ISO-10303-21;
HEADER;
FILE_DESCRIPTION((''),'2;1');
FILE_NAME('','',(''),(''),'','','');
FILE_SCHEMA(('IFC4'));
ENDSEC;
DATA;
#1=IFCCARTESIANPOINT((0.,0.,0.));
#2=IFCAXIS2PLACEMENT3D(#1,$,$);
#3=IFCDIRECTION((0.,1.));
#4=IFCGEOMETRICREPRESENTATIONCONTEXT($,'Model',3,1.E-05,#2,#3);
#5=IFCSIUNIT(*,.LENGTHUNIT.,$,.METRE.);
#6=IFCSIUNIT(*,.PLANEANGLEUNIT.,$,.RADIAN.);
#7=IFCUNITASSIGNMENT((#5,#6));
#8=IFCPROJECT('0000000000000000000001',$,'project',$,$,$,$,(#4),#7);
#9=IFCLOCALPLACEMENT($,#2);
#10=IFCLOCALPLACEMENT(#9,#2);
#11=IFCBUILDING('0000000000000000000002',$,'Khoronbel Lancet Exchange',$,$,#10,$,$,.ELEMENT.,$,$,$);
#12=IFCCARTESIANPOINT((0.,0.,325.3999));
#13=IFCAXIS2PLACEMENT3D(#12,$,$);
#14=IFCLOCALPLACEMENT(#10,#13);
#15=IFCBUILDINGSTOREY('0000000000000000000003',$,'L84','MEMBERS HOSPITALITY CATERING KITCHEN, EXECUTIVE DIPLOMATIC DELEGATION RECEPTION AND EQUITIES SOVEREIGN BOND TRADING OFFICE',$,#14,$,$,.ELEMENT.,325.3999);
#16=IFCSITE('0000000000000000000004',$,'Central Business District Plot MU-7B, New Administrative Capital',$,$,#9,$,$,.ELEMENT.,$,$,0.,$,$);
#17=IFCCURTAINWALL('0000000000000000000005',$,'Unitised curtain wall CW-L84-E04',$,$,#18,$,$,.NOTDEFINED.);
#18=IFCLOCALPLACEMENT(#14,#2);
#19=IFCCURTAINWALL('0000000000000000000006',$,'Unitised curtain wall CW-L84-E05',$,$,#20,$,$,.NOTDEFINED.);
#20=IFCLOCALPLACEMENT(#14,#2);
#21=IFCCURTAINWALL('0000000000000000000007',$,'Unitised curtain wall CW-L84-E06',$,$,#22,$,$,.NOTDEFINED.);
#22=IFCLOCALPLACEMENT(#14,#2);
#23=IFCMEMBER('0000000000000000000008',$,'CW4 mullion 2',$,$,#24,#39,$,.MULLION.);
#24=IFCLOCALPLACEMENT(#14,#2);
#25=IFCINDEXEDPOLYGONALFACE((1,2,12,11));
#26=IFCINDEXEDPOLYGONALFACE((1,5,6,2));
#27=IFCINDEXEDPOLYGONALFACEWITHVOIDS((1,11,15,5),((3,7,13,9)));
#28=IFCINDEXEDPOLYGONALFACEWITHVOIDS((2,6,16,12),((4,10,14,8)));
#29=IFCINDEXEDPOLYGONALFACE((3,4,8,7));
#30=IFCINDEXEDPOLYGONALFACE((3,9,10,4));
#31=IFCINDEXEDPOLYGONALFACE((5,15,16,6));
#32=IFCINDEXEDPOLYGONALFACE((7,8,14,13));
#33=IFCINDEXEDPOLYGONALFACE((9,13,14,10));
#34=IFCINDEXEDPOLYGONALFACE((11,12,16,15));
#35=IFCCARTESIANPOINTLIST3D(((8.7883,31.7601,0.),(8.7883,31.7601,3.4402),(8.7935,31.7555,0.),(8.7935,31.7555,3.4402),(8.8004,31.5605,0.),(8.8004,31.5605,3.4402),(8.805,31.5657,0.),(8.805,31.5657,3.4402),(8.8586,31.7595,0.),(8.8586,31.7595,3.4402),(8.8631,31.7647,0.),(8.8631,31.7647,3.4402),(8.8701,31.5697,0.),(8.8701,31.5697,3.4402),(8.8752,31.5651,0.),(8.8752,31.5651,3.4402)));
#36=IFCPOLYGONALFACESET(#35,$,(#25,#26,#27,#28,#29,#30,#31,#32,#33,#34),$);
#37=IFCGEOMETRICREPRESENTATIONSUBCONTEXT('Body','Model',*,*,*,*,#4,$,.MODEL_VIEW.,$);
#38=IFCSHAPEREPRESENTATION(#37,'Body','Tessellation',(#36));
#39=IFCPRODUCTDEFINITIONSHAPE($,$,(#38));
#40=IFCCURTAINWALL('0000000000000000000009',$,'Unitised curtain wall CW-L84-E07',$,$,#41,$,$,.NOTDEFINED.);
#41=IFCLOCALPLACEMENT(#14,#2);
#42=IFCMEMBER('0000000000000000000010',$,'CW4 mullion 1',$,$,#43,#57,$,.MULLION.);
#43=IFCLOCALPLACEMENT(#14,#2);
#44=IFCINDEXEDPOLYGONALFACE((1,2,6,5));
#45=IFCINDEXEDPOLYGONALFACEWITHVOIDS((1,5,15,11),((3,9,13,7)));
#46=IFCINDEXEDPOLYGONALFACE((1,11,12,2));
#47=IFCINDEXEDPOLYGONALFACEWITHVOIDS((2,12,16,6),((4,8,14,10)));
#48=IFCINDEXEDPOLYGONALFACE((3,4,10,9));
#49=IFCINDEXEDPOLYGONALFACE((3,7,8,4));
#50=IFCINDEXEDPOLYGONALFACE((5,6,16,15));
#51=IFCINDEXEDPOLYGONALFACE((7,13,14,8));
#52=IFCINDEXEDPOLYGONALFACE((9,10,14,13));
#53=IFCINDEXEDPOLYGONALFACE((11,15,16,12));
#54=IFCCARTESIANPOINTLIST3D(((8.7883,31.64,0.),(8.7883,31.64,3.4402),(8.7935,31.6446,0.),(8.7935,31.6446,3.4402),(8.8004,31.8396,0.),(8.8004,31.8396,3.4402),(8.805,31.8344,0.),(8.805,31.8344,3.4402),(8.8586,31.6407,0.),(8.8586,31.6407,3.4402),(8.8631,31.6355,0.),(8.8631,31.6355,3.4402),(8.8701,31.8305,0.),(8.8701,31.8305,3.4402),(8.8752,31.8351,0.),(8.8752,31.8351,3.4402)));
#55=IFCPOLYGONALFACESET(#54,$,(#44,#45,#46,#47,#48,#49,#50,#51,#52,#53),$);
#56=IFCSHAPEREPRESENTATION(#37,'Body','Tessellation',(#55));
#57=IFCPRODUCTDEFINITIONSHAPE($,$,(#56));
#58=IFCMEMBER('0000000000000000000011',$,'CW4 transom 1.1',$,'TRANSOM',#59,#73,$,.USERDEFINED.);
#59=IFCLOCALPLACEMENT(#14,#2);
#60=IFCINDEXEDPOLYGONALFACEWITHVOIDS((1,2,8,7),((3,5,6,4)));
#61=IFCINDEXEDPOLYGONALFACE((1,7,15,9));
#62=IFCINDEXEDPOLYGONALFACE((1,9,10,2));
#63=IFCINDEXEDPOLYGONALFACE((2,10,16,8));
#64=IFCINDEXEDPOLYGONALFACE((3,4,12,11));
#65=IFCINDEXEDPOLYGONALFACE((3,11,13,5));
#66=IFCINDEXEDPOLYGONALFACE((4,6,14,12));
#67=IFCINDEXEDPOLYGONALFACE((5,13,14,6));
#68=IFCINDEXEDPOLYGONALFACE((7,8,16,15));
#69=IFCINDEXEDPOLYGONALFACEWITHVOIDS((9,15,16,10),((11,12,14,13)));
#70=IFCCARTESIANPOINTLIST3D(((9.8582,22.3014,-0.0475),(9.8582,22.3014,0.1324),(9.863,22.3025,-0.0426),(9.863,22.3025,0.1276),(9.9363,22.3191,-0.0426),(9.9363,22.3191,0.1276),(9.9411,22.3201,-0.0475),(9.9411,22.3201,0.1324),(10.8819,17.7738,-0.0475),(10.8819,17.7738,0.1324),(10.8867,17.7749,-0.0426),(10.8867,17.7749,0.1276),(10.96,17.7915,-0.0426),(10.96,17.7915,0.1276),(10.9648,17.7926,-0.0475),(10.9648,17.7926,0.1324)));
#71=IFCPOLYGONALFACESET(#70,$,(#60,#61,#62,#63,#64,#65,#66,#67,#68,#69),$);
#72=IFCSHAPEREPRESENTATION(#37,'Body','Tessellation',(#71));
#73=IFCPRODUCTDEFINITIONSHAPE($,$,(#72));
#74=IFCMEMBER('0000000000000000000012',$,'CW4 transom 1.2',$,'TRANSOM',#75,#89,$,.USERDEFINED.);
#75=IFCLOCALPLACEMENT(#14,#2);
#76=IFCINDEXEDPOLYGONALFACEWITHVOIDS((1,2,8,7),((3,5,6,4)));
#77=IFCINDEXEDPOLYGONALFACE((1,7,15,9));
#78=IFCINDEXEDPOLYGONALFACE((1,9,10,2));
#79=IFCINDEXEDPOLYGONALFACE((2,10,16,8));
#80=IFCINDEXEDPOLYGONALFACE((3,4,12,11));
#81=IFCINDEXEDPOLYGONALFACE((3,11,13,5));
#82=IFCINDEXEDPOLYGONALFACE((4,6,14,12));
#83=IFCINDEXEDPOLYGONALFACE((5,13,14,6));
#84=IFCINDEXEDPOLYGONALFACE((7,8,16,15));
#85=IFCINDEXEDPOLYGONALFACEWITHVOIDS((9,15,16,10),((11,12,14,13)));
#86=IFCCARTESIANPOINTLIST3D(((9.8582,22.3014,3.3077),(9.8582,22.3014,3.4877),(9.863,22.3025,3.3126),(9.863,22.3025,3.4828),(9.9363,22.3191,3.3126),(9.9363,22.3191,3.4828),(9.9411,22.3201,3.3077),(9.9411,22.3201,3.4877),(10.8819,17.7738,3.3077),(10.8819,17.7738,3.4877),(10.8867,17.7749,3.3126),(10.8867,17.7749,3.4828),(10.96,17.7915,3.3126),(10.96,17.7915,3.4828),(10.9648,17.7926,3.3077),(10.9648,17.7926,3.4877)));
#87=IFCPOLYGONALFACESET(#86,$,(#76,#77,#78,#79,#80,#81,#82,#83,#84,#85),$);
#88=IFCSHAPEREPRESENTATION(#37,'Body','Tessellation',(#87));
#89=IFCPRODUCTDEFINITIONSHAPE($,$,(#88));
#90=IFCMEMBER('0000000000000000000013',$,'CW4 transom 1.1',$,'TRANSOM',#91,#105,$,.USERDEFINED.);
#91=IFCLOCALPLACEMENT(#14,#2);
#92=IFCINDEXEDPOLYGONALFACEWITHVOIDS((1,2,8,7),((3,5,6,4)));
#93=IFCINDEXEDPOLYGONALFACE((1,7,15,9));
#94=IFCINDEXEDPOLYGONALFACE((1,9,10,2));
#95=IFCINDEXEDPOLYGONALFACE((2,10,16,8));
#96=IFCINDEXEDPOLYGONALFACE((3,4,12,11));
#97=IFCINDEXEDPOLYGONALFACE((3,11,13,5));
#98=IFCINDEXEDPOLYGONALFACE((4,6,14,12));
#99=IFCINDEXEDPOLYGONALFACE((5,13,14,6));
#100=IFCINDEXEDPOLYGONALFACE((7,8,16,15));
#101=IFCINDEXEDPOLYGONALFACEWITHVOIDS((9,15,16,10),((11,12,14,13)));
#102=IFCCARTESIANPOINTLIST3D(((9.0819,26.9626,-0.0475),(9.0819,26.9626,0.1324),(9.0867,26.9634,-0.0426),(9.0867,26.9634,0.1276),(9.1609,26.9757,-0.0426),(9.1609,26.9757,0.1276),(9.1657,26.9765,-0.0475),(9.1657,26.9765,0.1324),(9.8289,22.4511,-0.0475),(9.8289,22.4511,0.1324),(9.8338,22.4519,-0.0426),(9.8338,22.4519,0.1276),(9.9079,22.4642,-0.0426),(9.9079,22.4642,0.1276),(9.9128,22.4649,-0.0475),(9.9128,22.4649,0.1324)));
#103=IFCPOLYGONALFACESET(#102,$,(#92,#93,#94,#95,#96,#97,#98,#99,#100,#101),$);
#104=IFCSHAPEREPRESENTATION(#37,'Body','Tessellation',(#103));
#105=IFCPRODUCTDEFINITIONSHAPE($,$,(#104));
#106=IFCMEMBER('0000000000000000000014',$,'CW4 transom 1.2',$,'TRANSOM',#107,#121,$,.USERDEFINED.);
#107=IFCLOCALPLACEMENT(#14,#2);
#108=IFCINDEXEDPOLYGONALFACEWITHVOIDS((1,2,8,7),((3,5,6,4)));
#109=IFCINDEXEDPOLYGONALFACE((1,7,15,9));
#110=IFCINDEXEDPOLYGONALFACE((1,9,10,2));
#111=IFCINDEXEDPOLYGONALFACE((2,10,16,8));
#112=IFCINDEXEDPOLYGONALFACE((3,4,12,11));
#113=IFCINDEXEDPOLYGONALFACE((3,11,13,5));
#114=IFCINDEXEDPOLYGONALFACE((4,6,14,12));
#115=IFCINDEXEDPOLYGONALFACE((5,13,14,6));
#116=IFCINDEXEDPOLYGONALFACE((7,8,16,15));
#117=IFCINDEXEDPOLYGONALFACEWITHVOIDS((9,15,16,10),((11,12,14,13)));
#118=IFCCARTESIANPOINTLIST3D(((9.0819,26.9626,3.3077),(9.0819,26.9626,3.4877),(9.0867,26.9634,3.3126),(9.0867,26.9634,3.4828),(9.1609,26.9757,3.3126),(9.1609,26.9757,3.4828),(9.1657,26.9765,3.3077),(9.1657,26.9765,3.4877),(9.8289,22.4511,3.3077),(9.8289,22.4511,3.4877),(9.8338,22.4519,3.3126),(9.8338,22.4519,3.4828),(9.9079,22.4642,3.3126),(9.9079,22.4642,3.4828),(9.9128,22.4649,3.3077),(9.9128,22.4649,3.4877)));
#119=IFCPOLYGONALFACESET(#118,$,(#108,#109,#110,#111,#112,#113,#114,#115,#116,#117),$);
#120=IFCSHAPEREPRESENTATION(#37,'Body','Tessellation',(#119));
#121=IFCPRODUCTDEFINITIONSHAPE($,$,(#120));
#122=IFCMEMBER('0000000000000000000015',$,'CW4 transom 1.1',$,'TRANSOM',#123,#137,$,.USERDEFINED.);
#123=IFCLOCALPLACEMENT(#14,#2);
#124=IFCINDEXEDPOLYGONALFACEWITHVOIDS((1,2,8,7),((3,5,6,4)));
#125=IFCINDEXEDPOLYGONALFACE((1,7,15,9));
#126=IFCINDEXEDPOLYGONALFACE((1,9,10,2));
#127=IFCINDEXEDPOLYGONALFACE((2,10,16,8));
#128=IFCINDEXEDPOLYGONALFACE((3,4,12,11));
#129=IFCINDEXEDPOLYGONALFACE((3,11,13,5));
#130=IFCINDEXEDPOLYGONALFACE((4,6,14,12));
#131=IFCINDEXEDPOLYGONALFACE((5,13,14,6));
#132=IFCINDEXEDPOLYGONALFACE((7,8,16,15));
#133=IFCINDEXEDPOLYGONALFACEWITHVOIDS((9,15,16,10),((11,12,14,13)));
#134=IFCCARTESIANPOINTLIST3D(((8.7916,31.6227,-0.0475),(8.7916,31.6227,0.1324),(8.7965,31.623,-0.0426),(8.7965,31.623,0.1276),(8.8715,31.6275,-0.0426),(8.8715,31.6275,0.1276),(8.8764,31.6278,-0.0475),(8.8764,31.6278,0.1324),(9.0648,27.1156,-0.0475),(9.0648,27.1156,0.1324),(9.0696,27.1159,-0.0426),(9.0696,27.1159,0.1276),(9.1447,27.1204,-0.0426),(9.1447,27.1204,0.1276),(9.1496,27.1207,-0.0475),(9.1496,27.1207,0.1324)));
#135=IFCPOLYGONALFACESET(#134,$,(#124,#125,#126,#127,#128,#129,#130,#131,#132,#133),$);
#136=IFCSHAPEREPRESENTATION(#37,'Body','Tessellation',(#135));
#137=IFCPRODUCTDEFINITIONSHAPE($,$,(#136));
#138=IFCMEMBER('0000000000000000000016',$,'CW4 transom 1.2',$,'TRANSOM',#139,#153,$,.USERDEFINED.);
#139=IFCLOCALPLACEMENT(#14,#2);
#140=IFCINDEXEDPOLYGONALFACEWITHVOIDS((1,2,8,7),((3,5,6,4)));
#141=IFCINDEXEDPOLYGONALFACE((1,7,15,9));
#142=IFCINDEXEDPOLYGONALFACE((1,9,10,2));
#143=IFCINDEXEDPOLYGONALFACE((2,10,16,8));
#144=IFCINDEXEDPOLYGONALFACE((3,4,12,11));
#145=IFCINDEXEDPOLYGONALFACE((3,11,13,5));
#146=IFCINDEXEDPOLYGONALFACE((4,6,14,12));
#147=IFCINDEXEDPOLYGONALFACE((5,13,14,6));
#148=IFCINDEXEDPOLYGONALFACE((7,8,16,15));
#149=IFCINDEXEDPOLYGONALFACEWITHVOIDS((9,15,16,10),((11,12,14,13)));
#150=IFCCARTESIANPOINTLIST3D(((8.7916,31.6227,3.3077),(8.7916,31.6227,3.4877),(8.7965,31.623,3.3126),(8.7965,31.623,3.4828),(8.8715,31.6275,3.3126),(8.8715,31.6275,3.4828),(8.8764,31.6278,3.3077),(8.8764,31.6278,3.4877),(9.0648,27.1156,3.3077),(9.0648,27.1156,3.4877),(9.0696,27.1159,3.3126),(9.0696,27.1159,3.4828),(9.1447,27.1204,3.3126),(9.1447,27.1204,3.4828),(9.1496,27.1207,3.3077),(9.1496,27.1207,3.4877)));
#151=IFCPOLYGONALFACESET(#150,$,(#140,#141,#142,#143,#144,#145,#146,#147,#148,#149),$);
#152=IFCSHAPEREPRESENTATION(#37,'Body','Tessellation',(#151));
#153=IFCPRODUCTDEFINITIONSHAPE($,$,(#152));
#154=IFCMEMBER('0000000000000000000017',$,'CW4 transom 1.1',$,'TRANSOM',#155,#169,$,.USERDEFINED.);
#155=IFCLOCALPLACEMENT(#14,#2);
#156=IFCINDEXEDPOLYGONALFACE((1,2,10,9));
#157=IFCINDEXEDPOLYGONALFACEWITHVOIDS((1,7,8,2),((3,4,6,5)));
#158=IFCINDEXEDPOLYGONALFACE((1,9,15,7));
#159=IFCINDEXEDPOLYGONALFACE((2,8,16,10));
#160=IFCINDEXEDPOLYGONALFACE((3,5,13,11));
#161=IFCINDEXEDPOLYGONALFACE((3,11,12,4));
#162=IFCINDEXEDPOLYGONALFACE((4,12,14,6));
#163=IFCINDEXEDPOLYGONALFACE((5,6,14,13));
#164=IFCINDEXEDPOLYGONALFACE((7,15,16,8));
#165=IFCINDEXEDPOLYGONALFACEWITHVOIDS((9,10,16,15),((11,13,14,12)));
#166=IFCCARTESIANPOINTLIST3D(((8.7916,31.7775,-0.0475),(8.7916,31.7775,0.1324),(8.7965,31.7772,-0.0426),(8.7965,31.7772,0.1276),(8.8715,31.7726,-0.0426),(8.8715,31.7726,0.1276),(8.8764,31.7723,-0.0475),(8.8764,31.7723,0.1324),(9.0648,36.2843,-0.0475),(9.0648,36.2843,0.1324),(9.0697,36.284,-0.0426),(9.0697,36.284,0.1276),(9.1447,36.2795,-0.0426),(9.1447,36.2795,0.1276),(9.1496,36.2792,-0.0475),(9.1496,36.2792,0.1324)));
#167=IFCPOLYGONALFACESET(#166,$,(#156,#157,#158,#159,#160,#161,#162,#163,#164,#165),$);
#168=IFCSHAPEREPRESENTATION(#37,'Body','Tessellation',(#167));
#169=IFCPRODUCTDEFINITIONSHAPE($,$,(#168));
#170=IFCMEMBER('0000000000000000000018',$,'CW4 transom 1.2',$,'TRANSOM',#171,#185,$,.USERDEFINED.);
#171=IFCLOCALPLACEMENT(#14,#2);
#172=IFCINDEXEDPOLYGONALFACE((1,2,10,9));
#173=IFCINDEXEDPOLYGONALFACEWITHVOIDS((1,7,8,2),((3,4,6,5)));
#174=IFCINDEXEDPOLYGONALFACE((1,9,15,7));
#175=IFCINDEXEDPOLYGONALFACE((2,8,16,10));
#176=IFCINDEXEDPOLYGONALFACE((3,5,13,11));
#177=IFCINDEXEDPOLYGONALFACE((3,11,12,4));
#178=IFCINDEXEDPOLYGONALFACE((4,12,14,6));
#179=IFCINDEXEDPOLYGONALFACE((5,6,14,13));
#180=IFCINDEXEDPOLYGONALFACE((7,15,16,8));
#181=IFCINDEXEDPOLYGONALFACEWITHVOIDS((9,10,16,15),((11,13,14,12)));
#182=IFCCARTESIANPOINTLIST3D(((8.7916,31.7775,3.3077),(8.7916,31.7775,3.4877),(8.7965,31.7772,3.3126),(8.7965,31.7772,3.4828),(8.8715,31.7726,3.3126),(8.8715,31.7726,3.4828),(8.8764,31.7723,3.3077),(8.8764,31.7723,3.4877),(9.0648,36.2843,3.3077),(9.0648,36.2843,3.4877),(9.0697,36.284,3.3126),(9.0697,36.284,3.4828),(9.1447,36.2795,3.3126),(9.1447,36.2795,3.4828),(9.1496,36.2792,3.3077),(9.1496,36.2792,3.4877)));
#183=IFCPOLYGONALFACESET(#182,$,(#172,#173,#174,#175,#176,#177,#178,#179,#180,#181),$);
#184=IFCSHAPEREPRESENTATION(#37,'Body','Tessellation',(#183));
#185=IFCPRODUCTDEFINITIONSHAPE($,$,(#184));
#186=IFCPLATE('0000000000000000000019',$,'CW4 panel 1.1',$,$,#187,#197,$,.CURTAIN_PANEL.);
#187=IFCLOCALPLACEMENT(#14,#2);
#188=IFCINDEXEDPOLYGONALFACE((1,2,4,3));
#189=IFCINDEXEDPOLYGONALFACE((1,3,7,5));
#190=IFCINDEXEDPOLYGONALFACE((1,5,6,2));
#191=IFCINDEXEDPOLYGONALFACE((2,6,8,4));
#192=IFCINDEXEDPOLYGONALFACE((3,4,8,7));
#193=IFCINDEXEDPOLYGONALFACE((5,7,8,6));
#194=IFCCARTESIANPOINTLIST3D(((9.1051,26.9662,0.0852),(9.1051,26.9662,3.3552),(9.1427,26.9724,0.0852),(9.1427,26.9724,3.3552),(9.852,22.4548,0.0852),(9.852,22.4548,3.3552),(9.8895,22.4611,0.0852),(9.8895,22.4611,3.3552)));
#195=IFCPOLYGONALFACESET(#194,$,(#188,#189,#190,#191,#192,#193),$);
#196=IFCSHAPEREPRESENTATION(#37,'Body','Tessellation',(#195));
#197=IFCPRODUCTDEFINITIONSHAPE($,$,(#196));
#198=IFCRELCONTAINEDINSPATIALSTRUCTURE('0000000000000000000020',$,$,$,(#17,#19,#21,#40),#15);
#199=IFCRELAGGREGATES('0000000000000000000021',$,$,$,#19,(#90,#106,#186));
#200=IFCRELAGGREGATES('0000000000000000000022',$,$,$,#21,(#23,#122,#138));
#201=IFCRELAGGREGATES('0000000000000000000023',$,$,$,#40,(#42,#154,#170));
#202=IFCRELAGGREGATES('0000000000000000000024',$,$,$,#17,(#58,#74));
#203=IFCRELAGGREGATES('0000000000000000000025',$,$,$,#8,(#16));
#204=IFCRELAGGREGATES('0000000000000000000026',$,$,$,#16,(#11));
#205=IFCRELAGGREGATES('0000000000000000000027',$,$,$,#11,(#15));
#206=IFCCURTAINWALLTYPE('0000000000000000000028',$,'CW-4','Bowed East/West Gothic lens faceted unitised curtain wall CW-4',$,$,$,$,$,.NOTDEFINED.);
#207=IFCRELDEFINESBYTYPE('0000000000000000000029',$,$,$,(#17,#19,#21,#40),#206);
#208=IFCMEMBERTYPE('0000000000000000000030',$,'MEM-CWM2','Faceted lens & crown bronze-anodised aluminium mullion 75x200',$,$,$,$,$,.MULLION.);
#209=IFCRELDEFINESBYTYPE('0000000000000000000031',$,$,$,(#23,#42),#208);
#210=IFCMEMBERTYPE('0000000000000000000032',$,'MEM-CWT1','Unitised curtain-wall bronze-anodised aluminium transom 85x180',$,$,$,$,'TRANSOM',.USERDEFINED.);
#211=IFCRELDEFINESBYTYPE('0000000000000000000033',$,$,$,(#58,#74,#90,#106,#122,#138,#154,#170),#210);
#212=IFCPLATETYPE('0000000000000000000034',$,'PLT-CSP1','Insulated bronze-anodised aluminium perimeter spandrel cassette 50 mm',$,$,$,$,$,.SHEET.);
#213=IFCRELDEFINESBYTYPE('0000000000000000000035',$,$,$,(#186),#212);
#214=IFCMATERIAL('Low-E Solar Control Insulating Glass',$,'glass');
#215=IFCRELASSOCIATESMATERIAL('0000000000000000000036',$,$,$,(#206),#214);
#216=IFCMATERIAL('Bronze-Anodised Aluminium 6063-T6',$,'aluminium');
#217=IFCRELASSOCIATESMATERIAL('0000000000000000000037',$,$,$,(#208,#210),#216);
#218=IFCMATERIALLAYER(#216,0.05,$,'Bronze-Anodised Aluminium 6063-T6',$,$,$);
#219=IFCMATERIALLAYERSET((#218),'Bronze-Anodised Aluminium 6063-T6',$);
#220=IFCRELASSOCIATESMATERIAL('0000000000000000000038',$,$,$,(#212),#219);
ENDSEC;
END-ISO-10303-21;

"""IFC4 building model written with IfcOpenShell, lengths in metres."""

from ifc_helpers import new_model, si_unit, direction, frame, origin, origin_2d, place, context, subcontext, project, spatial, rectangle, hollow_rectangle, extrude, material, layer, layer_set, material_profile, profile_set, type_object, element, aggregate, save


model = new_model("IFC4")

# Units and contexts
model_context = context("Model", 3, precision=1e-05, world=origin(), true_north=direction((0.0, 1.0)))
body_context = subcontext(model_context, "Body", "Model", "MODEL_VIEW")
ifc_project = project(units=[si_unit("LENGTHUNIT", "METRE"), si_unit("PLANEANGLEUNIT", "RADIAN")], contexts=[model_context])

# Site, building, storey
site_placement = place(None, origin())
site = spatial("IfcSite", under=ifc_project, at=site_placement, Name="Central Business District Plot MU-7B, New Administrative Capital", CompositionType="ELEMENT", RefElevation=0.0)
building_placement = place(site_placement, origin())
building = spatial("IfcBuilding", under=site, at=building_placement, Name="Khoronbel Lancet Exchange", CompositionType="ELEMENT")
storey_placement = place(building_placement, frame((0.0, 0.0, 325.3999)))
storey = spatial("IfcBuildingStorey", under=building, at=storey_placement, Name="L84", Description="MEMBERS HOSPITALITY CATERING KITCHEN, EXECUTIVE DIPLOMATIC DELEGATION RECEPTION AND EQUITIES SOVEREIGN BOND TRADING OFFICE", CompositionType="ELEMENT", Elevation=325.3999)

# Curtain walls, member
ifc_material_1 = material(Name="Low-E Solar Control Insulating Glass", Category="glass")
curtain_wall_type = type_object("IfcCurtainWallType", Name="CW-4", Description="Bowed East/West Gothic lens faceted unitised curtain wall CW-4", PredefinedType="NOTDEFINED", material=ifc_material_1)
curtain_wall_1_placement = place(storey_placement, origin())
curtain_wall_1 = element("IfcCurtainWall", 1, at=curtain_wall_1_placement, inside=storey, type_object=curtain_wall_type, Name="Unitised curtain wall CW-L84-E04", PredefinedType="NOTDEFINED")
ifc_material_2 = material(Name="Bronze-Anodised Aluminium 6063-T6", Category="aluminium")
ifc_material_profile_1 = material_profile(ifc_material_2, hollow_rectangle(XDim=0.075, YDim=0.2, WallThickness=0.0049, at=origin_2d()), Name="ALU MULLION 75x200")
ifc_profile_set_1 = profile_set([ifc_material_profile_1], Name="Bronze-Anodised Aluminium 6063-T6")
member_type_1 = type_object("IfcMemberType", Name="MEM-CWM2", Description="Faceted lens & crown bronze-anodised aluminium mullion 75x200", PredefinedType="MULLION", material=ifc_profile_set_1)
curtain_wall_2_placement = place(storey_placement, origin())
curtain_wall_2 = element("IfcCurtainWall", 2, at=curtain_wall_2_placement, inside=storey, type_object=curtain_wall_type, Name="Unitised curtain wall CW-L84-E05", PredefinedType="NOTDEFINED")
curtain_wall_3_placement = place(storey_placement, origin())
curtain_wall_3 = element("IfcCurtainWall", 3, at=curtain_wall_3_placement, inside=storey, type_object=curtain_wall_type, Name="Unitised curtain wall CW-L84-E06", PredefinedType="NOTDEFINED")
member_1_placement = place(storey_placement, frame((8.8318, 31.6626, 0.0), z_axis=(0.0, 0.0, 1.0), x_axis=(-0.998169, -0.060491, 0.0)))
member_1 = element("IfcMember", 4, at=member_1_placement, type_object=member_type_1, Name="CW4 mullion 2", PredefinedType="MULLION", context=body_context, shape_type="SweptSolid", body=[
    extrude(hollow_rectangle(XDim=0.075, YDim=0.2, WallThickness=0.0049, at=origin_2d()), origin(), (0.0, 0.0, 1.0), 3.4402),
])

# Curtain wall, member
curtain_wall_4_placement = place(storey_placement, origin())
curtain_wall_4 = element("IfcCurtainWall", 5, at=curtain_wall_4_placement, inside=storey, type_object=curtain_wall_type, Name="Unitised curtain wall CW-L84-E07", PredefinedType="NOTDEFINED")
member_2_placement = place(storey_placement, frame((8.8318, 31.7375, 0.0), z_axis=(0.0, 0.0, 1.0), x_axis=(-0.998169, 0.060491, 0.0)))
member_2 = element("IfcMember", 6, at=member_2_placement, type_object=member_type_1, Name="CW4 mullion 1", PredefinedType="MULLION", context=body_context, shape_type="SweptSolid", body=[
    extrude(hollow_rectangle(XDim=0.075, YDim=0.2, WallThickness=0.0049, at=origin_2d()), origin(), (0.0, 0.0, 1.0), 3.4402),
])

# Members
ifc_material_profile_2 = material_profile(ifc_material_2, hollow_rectangle(XDim=0.085, YDim=0.1799, WallThickness=0.0049, at=origin_2d()), Name="ALU TRANSOM 85x180")
ifc_profile_set_2 = profile_set([ifc_material_profile_2], Name="Bronze-Anodised Aluminium 6063-T6")
member_type_2 = type_object("IfcMemberType", Name="MEM-CWT1", Description="Unitised curtain-wall bronze-anodised aluminium transom 85x180", ElementType="TRANSOM", PredefinedType="USERDEFINED", material=ifc_profile_set_2)
member_3_placement = place(storey_placement, frame((10.9233, 17.7832, 0.0425), z_axis=(-0.220532, 0.97538, 0.0), x_axis=(-0.97538, -0.220532, 0.0)))
member_3 = element("IfcMember", 7, at=member_3_placement, type_object=member_type_2, Name="CW4 transom 1.1", ObjectType="TRANSOM", PredefinedType="USERDEFINED", context=body_context, shape_type="SweptSolid", body=[
    extrude(hollow_rectangle(XDim=0.085, YDim=0.1799, WallThickness=0.0049, at=origin_2d()), origin(), (0.0, 0.0, 1.0), 4.6418),
])
member_4_placement = place(storey_placement, frame((10.9233, 17.7832, 3.3977), z_axis=(-0.220532, 0.97538, 0.0), x_axis=(-0.97538, -0.220532, 0.0)))
member_4 = element("IfcMember", 8, at=member_4_placement, type_object=member_type_2, Name="CW4 transom 1.2", ObjectType="TRANSOM", PredefinedType="USERDEFINED", context=body_context, shape_type="SweptSolid", body=[
    extrude(hollow_rectangle(XDim=0.085, YDim=0.1799, WallThickness=0.0049, at=origin_2d()), origin(), (0.0, 0.0, 1.0), 4.6418),
])
member_5_placement = place(storey_placement, frame((9.8708, 22.458, 0.0425), z_axis=(-0.163369, 0.986565, 0.0), x_axis=(-0.986565, -0.163369, 0.0)))
member_5 = element("IfcMember", 9, at=member_5_placement, type_object=member_type_2, Name="CW4 transom 1.1", ObjectType="TRANSOM", PredefinedType="USERDEFINED", context=body_context, shape_type="SweptSolid", body=[
    extrude(hollow_rectangle(XDim=0.085, YDim=0.1799, WallThickness=0.0049, at=origin_2d()), origin(), (0.0, 0.0, 1.0), 4.573),
])
member_6_placement = place(storey_placement, frame((9.8708, 22.458, 3.3977), z_axis=(-0.163369, 0.986565, 0.0), x_axis=(-0.986565, -0.163369, 0.0)))
member_6 = element("IfcMember", 10, at=member_6_placement, type_object=member_type_2, Name="CW4 transom 1.2", ObjectType="TRANSOM", PredefinedType="USERDEFINED", context=body_context, shape_type="SweptSolid", body=[
    extrude(hollow_rectangle(XDim=0.085, YDim=0.1799, WallThickness=0.0049, at=origin_2d()), origin(), (0.0, 0.0, 1.0), 4.573),
])
member_7_placement = place(storey_placement, frame((9.1072, 27.1182, 0.0425), z_axis=(-0.060503, 0.998168, 0.0), x_axis=(-0.998168, -0.060503, 0.0)))
member_7 = element("IfcMember", 11, at=member_7_placement, type_object=member_type_2, Name="CW4 transom 1.1", ObjectType="TRANSOM", PredefinedType="USERDEFINED", context=body_context, shape_type="SweptSolid", body=[
    extrude(hollow_rectangle(XDim=0.085, YDim=0.1799, WallThickness=0.0049, at=origin_2d()), origin(), (0.0, 0.0, 1.0), 4.5154),
])
member_8_placement = place(storey_placement, frame((9.1072, 27.1182, 3.3977), z_axis=(-0.060503, 0.998168, 0.0), x_axis=(-0.998168, -0.060503, 0.0)))
member_8 = element("IfcMember", 12, at=member_8_placement, type_object=member_type_2, Name="CW4 transom 1.2", ObjectType="TRANSOM", PredefinedType="USERDEFINED", context=body_context, shape_type="SweptSolid", body=[
    extrude(hollow_rectangle(XDim=0.085, YDim=0.1799, WallThickness=0.0049, at=origin_2d()), origin(), (0.0, 0.0, 1.0), 4.5154),
])
member_9_placement = place(storey_placement, frame((8.834, 31.7749, 0.0425), z_axis=(0.060506, 0.998168, 0.0), x_axis=(-0.998168, 0.060506, 0.0)))
member_9 = element("IfcMember", 13, at=member_9_placement, type_object=member_type_2, Name="CW4 transom 1.1", ObjectType="TRANSOM", PredefinedType="USERDEFINED", context=body_context, shape_type="SweptSolid", body=[
    extrude(hollow_rectangle(XDim=0.085, YDim=0.1799, WallThickness=0.0049, at=origin_2d()), origin(), (0.0, 0.0, 1.0), 4.5151),
])
member_10_placement = place(storey_placement, frame((8.834, 31.7749, 3.3977), z_axis=(0.060506, 0.998168, 0.0), x_axis=(-0.998168, 0.060506, 0.0)))
member_10 = element("IfcMember", 14, at=member_10_placement, type_object=member_type_2, Name="CW4 transom 1.2", ObjectType="TRANSOM", PredefinedType="USERDEFINED", context=body_context, shape_type="SweptSolid", body=[
    extrude(hollow_rectangle(XDim=0.085, YDim=0.1799, WallThickness=0.0049, at=origin_2d()), origin(), (0.0, 0.0, 1.0), 4.5151),
])

# Plate
ifc_layer_1 = layer(ifc_material_2, 0.05, Name="Bronze-Anodised Aluminium 6063-T6")
ifc_layer_set_1 = layer_set([ifc_layer_1], Name="Bronze-Anodised Aluminium 6063-T6")
plate_type_1 = type_object("IfcPlateType", Name="PLT-CSP1", Description="Insulated bronze-anodised aluminium perimeter spandrel cassette 50 mm", PredefinedType="SHEET", material=ifc_layer_set_1)
plate_1_placement = place(storey_placement, frame((9.4973, 24.7136, 0.0852), z_axis=(0.0, 0.0, 1.0), x_axis=(-0.163334, 0.986571, 0.0)))
plate_1 = element("IfcPlate", 15, at=plate_1_placement, type_object=plate_type_1, Name="CW4 panel 1.1", PredefinedType="CURTAIN_PANEL", context=body_context, shape_type="SweptSolid", body=[
    extrude(rectangle(XDim=4.5728, YDim=0.0381, at=origin_2d()), origin(), (0.0, 0.0, 1.0), 3.27),
])
aggregate(curtain_wall_2, [member_5, member_6, plate_1])
aggregate(curtain_wall_3, [member_1, member_7, member_8])
aggregate(curtain_wall_4, [member_2, member_9, member_10])
aggregate(curtain_wall_1, [member_3, member_4])

save(model, "model.ifc")
